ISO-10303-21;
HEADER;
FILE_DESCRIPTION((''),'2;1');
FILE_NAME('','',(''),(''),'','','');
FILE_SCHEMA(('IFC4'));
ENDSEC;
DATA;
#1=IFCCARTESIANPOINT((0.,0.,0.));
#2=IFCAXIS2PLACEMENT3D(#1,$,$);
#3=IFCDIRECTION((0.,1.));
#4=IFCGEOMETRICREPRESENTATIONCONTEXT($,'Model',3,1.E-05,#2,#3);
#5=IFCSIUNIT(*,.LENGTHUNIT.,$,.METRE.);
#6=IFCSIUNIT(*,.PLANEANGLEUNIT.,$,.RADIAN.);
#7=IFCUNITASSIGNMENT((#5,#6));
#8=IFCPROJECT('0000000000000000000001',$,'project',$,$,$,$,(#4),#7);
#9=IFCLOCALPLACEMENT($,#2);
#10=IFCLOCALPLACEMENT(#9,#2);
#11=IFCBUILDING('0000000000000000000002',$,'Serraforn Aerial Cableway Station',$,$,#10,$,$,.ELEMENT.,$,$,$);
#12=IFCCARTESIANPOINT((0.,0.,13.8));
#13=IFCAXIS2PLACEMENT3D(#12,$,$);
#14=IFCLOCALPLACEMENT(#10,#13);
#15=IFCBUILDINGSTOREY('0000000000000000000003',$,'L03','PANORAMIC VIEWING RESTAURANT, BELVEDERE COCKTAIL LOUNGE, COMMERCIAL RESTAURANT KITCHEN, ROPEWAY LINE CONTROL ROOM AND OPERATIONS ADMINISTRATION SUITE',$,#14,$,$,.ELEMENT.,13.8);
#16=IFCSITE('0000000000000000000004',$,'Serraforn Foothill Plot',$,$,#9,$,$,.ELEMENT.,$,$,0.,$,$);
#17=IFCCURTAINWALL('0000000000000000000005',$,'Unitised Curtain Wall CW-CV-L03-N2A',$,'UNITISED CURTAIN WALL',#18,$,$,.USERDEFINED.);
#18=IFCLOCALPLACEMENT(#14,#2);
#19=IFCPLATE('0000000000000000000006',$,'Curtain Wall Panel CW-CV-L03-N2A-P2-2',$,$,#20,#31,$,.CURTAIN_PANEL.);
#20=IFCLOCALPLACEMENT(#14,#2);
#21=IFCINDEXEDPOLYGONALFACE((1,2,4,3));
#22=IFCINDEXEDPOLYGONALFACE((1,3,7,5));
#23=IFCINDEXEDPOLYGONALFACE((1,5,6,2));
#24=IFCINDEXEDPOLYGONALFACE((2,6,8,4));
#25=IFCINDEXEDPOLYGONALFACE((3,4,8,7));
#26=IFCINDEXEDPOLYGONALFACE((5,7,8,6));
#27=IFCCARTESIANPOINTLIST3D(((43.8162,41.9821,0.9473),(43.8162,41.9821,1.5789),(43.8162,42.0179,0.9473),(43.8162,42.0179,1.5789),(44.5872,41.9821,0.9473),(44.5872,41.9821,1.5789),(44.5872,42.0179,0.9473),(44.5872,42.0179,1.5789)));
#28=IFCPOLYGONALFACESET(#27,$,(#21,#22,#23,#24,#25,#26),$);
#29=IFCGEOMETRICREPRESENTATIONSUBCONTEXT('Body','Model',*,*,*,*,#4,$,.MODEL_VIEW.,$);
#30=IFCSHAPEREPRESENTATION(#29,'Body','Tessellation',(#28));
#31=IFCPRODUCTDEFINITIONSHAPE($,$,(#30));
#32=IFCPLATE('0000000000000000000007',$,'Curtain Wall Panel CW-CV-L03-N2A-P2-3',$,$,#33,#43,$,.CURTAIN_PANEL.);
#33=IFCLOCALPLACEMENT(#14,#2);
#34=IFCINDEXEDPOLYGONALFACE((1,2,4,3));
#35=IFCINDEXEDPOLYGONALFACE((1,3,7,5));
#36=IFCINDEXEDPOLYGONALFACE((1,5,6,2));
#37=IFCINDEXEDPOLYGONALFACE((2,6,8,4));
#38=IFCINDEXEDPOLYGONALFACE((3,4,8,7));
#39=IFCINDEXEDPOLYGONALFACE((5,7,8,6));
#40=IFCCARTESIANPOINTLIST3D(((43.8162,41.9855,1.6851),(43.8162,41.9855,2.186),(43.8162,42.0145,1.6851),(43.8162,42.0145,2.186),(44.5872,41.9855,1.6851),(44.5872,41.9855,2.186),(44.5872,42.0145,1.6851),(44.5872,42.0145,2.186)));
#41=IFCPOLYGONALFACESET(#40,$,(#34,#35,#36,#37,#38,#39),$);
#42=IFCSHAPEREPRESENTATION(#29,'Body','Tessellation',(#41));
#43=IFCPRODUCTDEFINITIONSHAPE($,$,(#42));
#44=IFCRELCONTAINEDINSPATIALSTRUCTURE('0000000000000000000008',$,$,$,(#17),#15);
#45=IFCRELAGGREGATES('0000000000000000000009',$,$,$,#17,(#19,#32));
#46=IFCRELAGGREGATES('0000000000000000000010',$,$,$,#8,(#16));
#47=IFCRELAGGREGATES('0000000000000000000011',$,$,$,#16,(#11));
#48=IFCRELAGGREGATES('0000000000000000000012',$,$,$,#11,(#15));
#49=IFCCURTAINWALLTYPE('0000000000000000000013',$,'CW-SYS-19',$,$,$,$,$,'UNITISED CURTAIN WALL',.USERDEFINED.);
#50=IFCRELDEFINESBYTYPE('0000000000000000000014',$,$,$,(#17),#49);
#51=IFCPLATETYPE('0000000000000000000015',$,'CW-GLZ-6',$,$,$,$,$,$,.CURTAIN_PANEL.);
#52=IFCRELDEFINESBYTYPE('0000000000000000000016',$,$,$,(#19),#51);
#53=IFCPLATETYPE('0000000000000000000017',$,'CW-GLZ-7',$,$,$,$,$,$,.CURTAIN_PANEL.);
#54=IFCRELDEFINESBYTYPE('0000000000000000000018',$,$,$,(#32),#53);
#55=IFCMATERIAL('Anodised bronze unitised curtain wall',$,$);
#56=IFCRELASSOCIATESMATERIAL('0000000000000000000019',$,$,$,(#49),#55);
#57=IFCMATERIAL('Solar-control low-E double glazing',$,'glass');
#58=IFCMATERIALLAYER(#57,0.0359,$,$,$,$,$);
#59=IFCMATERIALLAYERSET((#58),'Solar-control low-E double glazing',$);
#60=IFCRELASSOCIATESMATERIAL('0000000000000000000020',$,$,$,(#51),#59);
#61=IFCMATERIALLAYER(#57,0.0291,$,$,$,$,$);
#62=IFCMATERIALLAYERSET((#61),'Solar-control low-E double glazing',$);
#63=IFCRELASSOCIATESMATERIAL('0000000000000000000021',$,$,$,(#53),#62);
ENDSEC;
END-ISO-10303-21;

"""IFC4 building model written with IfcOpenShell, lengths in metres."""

from ifc_helpers import new_model, si_unit, direction, frame, origin, origin_2d, place, context, subcontext, project, spatial, rectangle, extrude, material, layer, layer_set, type_object, element, aggregate, save


model = new_model("IFC4")

# Units and contexts
model_context = context("Model", 3, precision=1e-05, world=origin(), true_north=direction((0.0, 1.0)))
body_context = subcontext(model_context, "Body", "Model", "MODEL_VIEW")
ifc_project = project(units=[si_unit("LENGTHUNIT", "METRE"), si_unit("PLANEANGLEUNIT", "RADIAN")], contexts=[model_context])

# Site, building, storey
site_placement = place(None, origin())
site = spatial("IfcSite", under=ifc_project, at=site_placement, Name="Serraforn Foothill Plot", CompositionType="ELEMENT", RefElevation=0.0)
building_placement = place(site_placement, origin())
building = spatial("IfcBuilding", under=site, at=building_placement, Name="Serraforn Aerial Cableway Station", CompositionType="ELEMENT")
storey_placement = place(building_placement, frame((0.0, 0.0, 13.8)))
storey = spatial("IfcBuildingStorey", under=building, at=storey_placement, Name="L03", Description="PANORAMIC VIEWING RESTAURANT, BELVEDERE COCKTAIL LOUNGE, COMMERCIAL RESTAURANT KITCHEN, ROPEWAY LINE CONTROL ROOM AND OPERATIONS ADMINISTRATION SUITE", CompositionType="ELEMENT", Elevation=13.8)

# Curtain wall, plates
ifc_material_1 = material(Name="Anodised bronze unitised curtain wall")
curtain_wall_type = type_object("IfcCurtainWallType", Name="CW-SYS-19", ElementType="UNITISED CURTAIN WALL", PredefinedType="USERDEFINED", material=ifc_material_1)
curtain_wall_placement = place(storey_placement, origin())
curtain_wall = element("IfcCurtainWall", 1, at=curtain_wall_placement, inside=storey, type_object=curtain_wall_type, Name="Unitised Curtain Wall CW-CV-L03-N2A", ObjectType="UNITISED CURTAIN WALL", PredefinedType="USERDEFINED")
ifc_material_2 = material(Name="Solar-control low-E double glazing", Category="glass")
ifc_layer_1 = layer(ifc_material_2, 0.0359)
ifc_layer_set_1 = layer_set([ifc_layer_1], Name="Solar-control low-E double glazing")
plate_type_1 = type_object("IfcPlateType", Name="CW-GLZ-6", PredefinedType="CURTAIN_PANEL", material=ifc_layer_set_1)
plate_1_placement = place(storey_placement, frame((44.2017, 42.0, 0.9473), z_axis=(0.0, 0.0, 1.0), x_axis=(1.0, 0.0, 0.0)))
plate_1 = element("IfcPlate", 2, at=plate_1_placement, type_object=plate_type_1, Name="Curtain Wall Panel CW-CV-L03-N2A-P2-2", PredefinedType="CURTAIN_PANEL", context=body_context, shape_type="SweptSolid", body=[
    extrude(rectangle(XDim=0.771, YDim=0.0359, at=origin_2d()), origin(), (0.0, 0.0, 1.0), 0.6316),
])
ifc_layer_2 = layer(ifc_material_2, 0.0291)
ifc_layer_set_2 = layer_set([ifc_layer_2], Name="Solar-control low-E double glazing")
plate_type_2 = type_object("IfcPlateType", Name="CW-GLZ-7", PredefinedType="CURTAIN_PANEL", material=ifc_layer_set_2)
plate_2_placement = place(storey_placement, frame((44.2017, 42.0, 1.6851), z_axis=(0.0, 0.0, 1.0), x_axis=(1.0, 0.0, 0.0)))
plate_2 = element("IfcPlate", 3, at=plate_2_placement, type_object=plate_type_2, Name="Curtain Wall Panel CW-CV-L03-N2A-P2-3", PredefinedType="CURTAIN_PANEL", context=body_context, shape_type="SweptSolid", body=[
    extrude(rectangle(XDim=0.771, YDim=0.0291, at=origin_2d()), origin(), (0.0, 0.0, 1.0), 0.501),
])
aggregate(curtain_wall, [plate_1, plate_2])

save(model, "model.ifc")
